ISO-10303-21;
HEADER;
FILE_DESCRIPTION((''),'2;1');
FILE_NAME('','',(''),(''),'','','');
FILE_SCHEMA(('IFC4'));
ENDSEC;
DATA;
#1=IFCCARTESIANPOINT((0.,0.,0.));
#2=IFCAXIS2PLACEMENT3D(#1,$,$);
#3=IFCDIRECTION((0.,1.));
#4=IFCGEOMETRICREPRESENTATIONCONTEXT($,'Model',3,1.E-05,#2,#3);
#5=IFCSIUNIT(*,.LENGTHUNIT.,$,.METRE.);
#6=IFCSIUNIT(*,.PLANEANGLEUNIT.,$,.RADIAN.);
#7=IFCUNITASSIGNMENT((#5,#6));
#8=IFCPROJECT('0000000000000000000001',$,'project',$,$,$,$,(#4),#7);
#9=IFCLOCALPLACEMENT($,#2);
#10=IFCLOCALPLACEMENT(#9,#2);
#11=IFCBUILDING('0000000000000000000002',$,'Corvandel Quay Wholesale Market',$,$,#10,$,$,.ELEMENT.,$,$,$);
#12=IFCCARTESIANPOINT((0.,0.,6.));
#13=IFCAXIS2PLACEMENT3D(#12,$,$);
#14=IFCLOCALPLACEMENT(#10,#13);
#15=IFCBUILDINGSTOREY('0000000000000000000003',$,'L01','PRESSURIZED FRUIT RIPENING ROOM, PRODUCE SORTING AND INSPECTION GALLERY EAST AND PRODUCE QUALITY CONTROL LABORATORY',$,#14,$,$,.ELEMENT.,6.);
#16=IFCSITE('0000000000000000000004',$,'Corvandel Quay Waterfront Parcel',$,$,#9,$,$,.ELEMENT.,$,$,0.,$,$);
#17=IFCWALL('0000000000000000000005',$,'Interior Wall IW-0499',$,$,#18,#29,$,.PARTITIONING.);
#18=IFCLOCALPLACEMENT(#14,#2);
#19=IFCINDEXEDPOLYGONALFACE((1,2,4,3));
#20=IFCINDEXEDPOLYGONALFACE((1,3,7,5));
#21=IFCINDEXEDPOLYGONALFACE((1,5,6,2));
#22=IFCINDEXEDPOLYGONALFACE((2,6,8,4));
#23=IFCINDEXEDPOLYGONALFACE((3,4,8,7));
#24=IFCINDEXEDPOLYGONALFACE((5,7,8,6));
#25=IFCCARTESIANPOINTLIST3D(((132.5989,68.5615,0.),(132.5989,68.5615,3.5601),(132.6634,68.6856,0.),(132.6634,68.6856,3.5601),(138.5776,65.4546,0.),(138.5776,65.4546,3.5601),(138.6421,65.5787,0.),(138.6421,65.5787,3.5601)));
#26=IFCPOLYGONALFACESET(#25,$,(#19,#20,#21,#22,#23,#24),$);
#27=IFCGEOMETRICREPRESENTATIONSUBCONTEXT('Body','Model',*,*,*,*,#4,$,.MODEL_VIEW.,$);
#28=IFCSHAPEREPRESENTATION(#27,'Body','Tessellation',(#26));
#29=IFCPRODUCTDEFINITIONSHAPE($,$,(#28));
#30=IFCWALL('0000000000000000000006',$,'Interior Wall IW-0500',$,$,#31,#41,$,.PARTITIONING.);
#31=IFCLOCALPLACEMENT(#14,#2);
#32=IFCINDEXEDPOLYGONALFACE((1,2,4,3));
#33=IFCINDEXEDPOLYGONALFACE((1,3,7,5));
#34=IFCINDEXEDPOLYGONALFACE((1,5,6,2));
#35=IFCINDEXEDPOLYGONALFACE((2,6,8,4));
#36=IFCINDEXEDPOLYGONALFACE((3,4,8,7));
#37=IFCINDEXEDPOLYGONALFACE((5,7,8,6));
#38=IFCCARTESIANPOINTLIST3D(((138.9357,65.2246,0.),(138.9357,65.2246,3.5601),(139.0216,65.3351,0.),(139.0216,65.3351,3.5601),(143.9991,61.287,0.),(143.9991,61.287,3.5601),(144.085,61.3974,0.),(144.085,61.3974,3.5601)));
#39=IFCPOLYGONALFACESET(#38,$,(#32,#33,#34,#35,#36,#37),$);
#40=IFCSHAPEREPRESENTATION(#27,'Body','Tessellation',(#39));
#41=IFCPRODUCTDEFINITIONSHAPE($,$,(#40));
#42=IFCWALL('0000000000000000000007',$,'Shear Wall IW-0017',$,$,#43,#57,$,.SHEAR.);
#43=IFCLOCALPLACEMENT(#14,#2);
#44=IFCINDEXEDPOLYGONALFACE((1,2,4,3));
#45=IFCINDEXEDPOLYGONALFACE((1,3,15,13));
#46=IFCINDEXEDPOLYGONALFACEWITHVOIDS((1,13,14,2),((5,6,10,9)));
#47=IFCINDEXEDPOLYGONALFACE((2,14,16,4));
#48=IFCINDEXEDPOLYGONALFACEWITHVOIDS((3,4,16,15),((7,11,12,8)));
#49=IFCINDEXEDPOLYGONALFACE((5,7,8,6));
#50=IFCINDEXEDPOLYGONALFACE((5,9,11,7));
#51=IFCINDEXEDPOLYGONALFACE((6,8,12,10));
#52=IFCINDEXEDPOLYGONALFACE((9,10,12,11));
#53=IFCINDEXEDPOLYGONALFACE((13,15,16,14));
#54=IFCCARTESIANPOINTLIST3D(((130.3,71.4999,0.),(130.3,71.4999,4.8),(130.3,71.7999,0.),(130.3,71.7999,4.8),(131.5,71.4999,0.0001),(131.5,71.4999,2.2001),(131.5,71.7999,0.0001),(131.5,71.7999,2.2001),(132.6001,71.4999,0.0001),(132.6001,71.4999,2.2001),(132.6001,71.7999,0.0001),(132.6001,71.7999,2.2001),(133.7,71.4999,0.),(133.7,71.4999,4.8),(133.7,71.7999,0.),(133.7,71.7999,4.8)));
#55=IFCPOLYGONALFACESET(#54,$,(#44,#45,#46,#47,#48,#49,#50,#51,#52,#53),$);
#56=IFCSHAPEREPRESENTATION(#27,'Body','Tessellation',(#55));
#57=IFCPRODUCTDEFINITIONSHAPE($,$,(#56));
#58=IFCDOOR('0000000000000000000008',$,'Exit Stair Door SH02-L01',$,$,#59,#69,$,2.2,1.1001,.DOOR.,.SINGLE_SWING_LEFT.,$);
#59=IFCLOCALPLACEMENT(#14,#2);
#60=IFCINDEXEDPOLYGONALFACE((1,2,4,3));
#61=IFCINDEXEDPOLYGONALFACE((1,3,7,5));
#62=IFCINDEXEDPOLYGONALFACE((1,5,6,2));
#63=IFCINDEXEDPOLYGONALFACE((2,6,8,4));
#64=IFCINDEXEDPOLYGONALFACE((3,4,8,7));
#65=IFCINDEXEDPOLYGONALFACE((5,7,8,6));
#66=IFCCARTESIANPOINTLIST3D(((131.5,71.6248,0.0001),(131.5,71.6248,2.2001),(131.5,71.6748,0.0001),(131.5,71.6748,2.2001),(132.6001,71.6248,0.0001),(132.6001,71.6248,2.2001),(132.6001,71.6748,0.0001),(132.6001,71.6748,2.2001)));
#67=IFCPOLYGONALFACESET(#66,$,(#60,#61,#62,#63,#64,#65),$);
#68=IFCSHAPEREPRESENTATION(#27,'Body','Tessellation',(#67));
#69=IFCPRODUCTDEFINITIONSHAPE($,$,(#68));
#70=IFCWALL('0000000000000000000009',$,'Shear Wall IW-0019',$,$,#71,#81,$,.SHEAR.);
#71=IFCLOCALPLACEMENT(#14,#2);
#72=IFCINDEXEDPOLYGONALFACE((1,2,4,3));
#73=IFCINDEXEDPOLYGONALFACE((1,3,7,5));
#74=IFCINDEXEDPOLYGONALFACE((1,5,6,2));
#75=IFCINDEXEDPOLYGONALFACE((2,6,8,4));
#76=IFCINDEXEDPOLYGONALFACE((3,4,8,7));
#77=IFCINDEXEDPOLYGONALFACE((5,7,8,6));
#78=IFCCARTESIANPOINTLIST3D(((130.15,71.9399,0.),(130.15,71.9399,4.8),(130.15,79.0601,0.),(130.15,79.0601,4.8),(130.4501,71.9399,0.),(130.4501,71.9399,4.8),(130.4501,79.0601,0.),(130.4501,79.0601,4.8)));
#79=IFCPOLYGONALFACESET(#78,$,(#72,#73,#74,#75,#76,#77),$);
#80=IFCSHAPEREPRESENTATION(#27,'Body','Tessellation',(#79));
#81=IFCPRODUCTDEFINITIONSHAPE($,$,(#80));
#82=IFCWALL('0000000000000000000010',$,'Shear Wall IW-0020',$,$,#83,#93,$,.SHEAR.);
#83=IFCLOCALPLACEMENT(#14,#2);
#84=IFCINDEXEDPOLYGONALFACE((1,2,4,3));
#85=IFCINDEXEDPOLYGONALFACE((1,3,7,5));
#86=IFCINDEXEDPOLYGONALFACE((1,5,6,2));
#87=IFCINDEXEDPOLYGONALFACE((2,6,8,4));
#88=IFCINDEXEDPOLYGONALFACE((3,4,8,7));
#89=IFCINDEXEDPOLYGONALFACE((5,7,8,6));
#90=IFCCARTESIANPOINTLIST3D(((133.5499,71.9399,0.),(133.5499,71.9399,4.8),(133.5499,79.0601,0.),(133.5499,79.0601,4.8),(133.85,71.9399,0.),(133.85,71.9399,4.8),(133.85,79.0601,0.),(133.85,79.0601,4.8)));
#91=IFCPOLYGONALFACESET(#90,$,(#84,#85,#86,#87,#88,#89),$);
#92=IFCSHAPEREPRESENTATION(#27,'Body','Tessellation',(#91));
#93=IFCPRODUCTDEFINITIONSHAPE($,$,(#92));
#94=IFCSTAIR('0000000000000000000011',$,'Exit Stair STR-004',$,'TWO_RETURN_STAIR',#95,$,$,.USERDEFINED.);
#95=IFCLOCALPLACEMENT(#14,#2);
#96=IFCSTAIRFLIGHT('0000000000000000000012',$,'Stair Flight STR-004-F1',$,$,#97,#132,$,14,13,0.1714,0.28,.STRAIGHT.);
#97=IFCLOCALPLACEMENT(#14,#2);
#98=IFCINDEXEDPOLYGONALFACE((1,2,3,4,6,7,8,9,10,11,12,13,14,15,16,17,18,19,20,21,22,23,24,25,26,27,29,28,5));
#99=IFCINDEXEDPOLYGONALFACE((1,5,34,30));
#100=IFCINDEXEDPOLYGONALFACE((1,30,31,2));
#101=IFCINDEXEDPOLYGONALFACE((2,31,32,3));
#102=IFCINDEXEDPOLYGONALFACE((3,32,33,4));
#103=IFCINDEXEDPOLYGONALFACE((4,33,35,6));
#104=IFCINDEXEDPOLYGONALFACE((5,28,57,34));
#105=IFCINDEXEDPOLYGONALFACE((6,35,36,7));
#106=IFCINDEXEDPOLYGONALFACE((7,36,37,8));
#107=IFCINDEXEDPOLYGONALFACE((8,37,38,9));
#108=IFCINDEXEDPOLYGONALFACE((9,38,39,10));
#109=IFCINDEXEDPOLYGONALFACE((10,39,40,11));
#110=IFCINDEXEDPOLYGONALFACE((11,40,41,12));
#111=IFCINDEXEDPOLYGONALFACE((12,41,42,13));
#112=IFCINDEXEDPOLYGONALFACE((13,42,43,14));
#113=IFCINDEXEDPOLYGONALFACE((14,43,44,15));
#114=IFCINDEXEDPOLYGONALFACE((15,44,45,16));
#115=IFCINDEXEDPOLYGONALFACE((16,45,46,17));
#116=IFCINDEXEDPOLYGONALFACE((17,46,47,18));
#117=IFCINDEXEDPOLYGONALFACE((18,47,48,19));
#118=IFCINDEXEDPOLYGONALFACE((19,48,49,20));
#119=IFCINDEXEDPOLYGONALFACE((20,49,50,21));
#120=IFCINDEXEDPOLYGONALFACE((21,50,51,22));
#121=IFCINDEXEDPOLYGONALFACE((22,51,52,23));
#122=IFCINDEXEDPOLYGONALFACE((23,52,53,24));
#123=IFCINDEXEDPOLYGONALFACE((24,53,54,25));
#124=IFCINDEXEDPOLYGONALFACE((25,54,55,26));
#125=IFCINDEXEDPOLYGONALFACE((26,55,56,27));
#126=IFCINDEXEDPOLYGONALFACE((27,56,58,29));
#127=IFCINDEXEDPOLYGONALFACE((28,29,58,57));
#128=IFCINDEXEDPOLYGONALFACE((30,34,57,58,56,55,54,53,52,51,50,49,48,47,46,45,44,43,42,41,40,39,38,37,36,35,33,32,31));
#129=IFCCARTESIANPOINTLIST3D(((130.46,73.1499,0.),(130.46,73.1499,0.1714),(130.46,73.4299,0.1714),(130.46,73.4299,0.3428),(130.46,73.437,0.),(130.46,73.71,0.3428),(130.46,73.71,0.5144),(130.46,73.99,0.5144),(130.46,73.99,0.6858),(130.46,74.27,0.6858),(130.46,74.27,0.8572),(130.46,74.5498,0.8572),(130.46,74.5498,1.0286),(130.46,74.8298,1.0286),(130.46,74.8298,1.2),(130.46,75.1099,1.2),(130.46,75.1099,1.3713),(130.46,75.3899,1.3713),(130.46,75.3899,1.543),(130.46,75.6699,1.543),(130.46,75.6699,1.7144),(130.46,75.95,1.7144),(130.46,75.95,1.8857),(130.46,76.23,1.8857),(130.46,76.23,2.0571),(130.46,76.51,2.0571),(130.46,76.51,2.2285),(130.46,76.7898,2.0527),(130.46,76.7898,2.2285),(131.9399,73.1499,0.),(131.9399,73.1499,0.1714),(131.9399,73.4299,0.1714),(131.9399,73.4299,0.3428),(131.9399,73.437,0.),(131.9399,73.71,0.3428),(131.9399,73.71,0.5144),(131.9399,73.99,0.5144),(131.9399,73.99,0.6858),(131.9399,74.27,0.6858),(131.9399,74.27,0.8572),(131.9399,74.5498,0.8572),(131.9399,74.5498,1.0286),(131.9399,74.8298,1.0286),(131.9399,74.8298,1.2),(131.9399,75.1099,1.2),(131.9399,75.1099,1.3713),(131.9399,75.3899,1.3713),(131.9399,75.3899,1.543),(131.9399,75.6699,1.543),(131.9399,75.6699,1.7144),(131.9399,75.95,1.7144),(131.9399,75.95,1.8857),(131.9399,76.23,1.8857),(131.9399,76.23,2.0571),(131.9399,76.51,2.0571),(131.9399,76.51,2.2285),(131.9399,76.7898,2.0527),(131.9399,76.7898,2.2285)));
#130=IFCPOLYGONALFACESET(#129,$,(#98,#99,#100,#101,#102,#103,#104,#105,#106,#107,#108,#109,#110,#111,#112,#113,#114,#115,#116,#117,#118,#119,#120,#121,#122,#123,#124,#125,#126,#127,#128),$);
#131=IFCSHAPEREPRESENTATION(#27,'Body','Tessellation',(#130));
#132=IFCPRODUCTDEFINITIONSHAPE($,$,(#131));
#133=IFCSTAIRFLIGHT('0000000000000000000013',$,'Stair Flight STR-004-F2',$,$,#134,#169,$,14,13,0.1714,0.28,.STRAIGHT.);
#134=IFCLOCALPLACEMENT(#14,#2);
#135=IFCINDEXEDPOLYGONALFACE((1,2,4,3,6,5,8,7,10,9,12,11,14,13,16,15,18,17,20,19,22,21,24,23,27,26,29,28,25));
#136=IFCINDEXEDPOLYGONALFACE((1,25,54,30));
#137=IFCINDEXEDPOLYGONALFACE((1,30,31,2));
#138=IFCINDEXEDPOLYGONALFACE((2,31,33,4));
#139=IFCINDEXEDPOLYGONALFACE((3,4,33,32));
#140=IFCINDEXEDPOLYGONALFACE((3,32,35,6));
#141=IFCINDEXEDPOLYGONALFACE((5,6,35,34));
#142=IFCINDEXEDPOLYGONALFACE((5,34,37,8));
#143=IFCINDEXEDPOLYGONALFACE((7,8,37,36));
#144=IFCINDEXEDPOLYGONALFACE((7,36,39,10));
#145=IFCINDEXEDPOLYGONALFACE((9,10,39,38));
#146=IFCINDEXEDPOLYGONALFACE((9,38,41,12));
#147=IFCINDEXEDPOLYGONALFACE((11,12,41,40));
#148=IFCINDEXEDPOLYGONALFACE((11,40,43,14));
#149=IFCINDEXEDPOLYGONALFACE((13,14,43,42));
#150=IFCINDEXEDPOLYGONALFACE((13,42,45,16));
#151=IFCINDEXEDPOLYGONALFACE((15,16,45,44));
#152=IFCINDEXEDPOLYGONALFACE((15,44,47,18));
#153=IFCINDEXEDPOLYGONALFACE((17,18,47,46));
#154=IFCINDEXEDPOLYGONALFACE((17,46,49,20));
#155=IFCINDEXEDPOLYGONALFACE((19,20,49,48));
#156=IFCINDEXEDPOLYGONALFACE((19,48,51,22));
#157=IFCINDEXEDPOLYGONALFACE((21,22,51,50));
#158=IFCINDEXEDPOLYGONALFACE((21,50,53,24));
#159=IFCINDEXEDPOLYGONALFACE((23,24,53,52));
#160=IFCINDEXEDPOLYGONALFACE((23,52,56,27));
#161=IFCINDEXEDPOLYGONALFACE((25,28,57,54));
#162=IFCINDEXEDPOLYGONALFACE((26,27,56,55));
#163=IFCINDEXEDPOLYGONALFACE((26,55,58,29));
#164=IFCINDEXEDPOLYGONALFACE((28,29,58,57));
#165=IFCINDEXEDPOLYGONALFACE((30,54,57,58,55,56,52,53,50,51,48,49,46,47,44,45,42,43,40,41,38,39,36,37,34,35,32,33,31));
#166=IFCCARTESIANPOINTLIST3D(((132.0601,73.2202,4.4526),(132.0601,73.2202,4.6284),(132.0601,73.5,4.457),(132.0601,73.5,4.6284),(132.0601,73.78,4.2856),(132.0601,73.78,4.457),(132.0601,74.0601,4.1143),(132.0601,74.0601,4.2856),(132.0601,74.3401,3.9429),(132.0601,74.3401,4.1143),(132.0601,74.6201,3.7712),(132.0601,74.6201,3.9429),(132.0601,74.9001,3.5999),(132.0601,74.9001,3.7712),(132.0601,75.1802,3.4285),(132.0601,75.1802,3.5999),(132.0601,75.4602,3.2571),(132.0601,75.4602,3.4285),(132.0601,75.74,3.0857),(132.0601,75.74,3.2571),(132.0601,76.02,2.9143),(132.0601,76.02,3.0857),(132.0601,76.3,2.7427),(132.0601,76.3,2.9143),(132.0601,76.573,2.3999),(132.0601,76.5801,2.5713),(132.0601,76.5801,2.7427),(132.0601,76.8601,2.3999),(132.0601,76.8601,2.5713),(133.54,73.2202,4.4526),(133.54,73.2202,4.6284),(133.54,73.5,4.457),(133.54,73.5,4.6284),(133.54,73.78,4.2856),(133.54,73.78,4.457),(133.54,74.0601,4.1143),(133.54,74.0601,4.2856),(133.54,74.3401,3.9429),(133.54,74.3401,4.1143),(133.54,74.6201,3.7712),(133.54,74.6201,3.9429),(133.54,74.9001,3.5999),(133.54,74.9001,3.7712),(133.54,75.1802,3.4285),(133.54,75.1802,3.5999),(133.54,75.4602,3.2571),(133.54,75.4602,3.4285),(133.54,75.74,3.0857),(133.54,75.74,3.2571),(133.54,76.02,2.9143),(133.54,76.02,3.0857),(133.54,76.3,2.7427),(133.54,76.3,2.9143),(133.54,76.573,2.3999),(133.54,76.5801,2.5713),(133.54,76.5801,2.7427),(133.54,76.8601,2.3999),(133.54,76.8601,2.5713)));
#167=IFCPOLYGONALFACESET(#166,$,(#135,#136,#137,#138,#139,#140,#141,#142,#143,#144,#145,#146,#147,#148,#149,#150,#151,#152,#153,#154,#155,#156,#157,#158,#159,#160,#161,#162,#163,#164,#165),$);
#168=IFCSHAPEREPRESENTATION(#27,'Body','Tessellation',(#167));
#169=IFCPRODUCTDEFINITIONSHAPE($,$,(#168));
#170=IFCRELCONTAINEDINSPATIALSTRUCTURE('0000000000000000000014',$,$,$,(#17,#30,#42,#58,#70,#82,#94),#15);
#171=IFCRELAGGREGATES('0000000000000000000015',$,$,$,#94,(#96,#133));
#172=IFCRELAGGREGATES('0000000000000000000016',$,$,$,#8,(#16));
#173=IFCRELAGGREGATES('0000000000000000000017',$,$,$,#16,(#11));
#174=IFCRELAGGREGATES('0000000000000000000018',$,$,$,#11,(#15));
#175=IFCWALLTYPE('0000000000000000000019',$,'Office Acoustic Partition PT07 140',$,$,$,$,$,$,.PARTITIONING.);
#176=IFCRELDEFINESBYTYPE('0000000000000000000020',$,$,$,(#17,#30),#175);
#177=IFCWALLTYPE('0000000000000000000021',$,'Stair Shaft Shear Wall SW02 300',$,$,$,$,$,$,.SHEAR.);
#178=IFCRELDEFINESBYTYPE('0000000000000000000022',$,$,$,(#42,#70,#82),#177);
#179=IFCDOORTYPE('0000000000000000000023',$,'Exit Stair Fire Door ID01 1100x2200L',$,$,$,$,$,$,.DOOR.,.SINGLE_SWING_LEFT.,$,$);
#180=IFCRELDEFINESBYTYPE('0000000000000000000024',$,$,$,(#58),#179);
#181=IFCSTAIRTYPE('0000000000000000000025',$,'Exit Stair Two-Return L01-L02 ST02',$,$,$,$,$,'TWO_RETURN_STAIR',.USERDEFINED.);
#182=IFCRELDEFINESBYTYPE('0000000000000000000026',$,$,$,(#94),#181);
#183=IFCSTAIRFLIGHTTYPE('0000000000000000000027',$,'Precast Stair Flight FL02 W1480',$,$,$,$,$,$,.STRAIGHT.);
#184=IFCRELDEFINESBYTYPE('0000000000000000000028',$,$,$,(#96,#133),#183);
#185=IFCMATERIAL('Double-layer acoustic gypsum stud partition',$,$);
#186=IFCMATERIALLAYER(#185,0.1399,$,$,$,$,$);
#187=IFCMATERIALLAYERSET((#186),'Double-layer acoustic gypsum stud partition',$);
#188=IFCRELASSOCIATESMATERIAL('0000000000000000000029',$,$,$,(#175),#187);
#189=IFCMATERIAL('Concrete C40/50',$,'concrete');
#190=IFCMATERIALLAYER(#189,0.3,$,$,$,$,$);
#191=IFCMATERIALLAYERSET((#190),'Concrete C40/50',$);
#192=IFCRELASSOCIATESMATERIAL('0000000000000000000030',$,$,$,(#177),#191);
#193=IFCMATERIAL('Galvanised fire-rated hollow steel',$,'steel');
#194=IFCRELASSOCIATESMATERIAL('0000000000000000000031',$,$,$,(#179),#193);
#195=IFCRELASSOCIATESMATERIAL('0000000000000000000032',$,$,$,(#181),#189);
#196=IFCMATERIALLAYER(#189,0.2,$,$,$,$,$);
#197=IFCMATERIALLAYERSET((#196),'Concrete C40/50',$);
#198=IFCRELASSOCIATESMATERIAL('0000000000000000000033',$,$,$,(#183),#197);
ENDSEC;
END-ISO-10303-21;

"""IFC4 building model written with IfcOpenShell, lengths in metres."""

from ifc_helpers import new_model, si_unit, direction, frame, frame_2d, origin, place, context, subcontext, project, spatial, polyline, rectangle, outline, extrude, material, layer, layer_set, type_object, element, fill, aggregate, save


model = new_model("IFC4")

# Units and contexts
model_context = context("Model", 3, precision=1e-05, world=origin(), true_north=direction((0.0, 1.0)))
body_context = subcontext(model_context, "Body", "Model", "MODEL_VIEW")
ifc_project = project(units=[si_unit("LENGTHUNIT", "METRE"), si_unit("PLANEANGLEUNIT", "RADIAN")], contexts=[model_context])

# Site, building, storey
site_placement = place(None, origin())
site = spatial("IfcSite", under=ifc_project, at=site_placement, Name="Corvandel Quay Waterfront Parcel", CompositionType="ELEMENT", RefElevation=0.0)
building_placement = place(site_placement, origin())
building = spatial("IfcBuilding", under=site, at=building_placement, Name="Corvandel Quay Wholesale Market", CompositionType="ELEMENT")
storey_placement = place(building_placement, frame((0.0, 0.0, 6.0)))
storey = spatial("IfcBuildingStorey", under=building, at=storey_placement, Name="L01", Description="PRESSURIZED FRUIT RIPENING ROOM, PRODUCE SORTING AND INSPECTION GALLERY EAST AND PRODUCE QUALITY CONTROL LABORATORY", CompositionType="ELEMENT", Elevation=6.0)

# Walls
ifc_material_1 = material(Name="Double-layer acoustic gypsum stud partition")
ifc_layer_1 = layer(ifc_material_1, 0.1399)
ifc_layer_set_1 = layer_set([ifc_layer_1], Name="Double-layer acoustic gypsum stud partition")
wall_type_1 = type_object("IfcWallType", Name="Office Acoustic Partition PT07 140", PredefinedType="PARTITIONING", material=ifc_layer_set_1)
wall_1_placement = place(storey_placement, frame((132.6311, 68.6235, 0.0), z_axis=(0.0, 0.0, 1.0), x_axis=(0.88734, -0.461117, 0.0)))
element("IfcWall", 1, at=wall_1_placement, inside=storey, type_object=wall_type_1, Name="Interior Wall IW-0499", PredefinedType="PARTITIONING", context=body_context, shape_type="SweptSolid", body=[
    extrude(rectangle(XDim=6.7378, YDim=0.1399, at=frame_2d((3.3689, 0.0))), origin(), (0.0, 0.0, 1.0), 3.5601),
])
wall_2_placement = place(storey_placement, frame((138.9788, 65.2798, 0.0), z_axis=(0.0, 0.0, 1.0), x_axis=(0.789391, -0.613891, 0.0)))
element("IfcWall", 2, at=wall_2_placement, inside=storey, type_object=wall_type_1, Name="Interior Wall IW-0500", PredefinedType="PARTITIONING", context=body_context, shape_type="SweptSolid", body=[
    extrude(rectangle(XDim=6.4143, YDim=0.1399, at=frame_2d((3.207, 0.0))), origin(), (0.0, 0.0, 1.0), 3.5601),
])

# Wall, opening, door
ifc_material_2 = material(Name="Concrete C40/50", Category="concrete")
ifc_layer_2 = layer(ifc_material_2, 0.3)
ifc_layer_set_2 = layer_set([ifc_layer_2], Name="Concrete C40/50")
wall_type_2 = type_object("IfcWallType", Name="Stair Shaft Shear Wall SW02 300", PredefinedType="SHEAR", material=ifc_layer_set_2)
wall_3_placement = place(storey_placement, frame((130.3, 71.6499, 0.0), z_axis=(0.0, 0.0, 1.0), x_axis=(1.0, 0.0, 0.0)))
wall_3 = element("IfcWall", 3, at=wall_3_placement, inside=storey, type_object=wall_type_2, Name="Shear Wall IW-0017", PredefinedType="SHEAR", context=body_context, shape_type="SweptSolid", body=[
    extrude(rectangle(XDim=3.3999, YDim=0.3, at=frame_2d((1.7, 0.0))), origin(), (0.0, 0.0, 1.0), 4.8),
])
opening_placement = place(wall_3_placement, frame((1.2, 0.0, 0.0)))
opening = element("IfcOpeningElement", 4, at=opening_placement, cuts=wall_3, PredefinedType="OPENING", context=body_context, shape_type="SweptSolid", body=[
    extrude(rectangle(XDim=1.1001, YDim=2.2, at=frame_2d((0.55, 1.1001))), frame((0.0, 0.1599, 0.0), z_axis=(0.0, -1.0, 0.0), x_axis=(1.0, 0.0, 0.0)), (0.0, 0.0, 1.0), 0.3201),
])
ifc_material_3 = material(Name="Galvanised fire-rated hollow steel", Category="steel")
door_type = type_object("IfcDoorType", Name="Exit Stair Fire Door ID01 1100x2200L", OperationType="SINGLE_SWING_LEFT", PredefinedType="DOOR", material=ifc_material_3)
door_placement = place(opening_placement, origin())
door = element("IfcDoor", 5, at=door_placement, inside=storey, type_object=door_type, Name="Exit Stair Door SH02-L01", OperationType="SINGLE_SWING_LEFT", OverallHeight=2.2, OverallWidth=1.1001, PredefinedType="DOOR", context=body_context, shape_type="SweptSolid", body=[
    extrude(rectangle(XDim=1.1001, YDim=2.2, at=frame_2d((0.55, 1.1001))), frame((0.0, 0.0249, 0.0), z_axis=(0.0, -1.0, 0.0), x_axis=(1.0, 0.0, 0.0)), (0.0, 0.0, 1.0), 0.05),
])
fill(opening, door)

# Walls
for number, where, z_axis, x_axis, name in (
    (6, (130.3, 71.9399, 0.0), (0.0, 0.0, 1.0), (0.0, 1.0, 0.0), "Shear Wall IW-0019"),
    (7, (133.7, 71.9399, 0.0), (0.0, 0.0, 1.0), (0.0, 1.0, 0.0), "Shear Wall IW-0020"),
):
    element("IfcWall", number, at=place(storey_placement, frame(where, z_axis=z_axis, x_axis=x_axis)), inside=storey, type_object=wall_type_2, Name=name, PredefinedType="SHEAR", context=body_context, shape_type="SweptSolid", body=[
        extrude(rectangle(XDim=7.1201, YDim=0.3, at=frame_2d((3.5601, 0.0))), origin(), (0.0, 0.0, 1.0), 4.8),
    ])

# Stair, stair flights
stair_type = type_object("IfcStairType", Name="Exit Stair Two-Return L01-L02 ST02", ElementType="TWO_RETURN_STAIR", PredefinedType="USERDEFINED", material=ifc_material_2)
stair_placement = place(storey_placement, origin())
stair = element("IfcStair", 8, at=stair_placement, inside=storey, type_object=stair_type, Name="Exit Stair STR-004", ObjectType="TWO_RETURN_STAIR", PredefinedType="USERDEFINED")
ifc_layer_3 = layer(ifc_material_2, 0.2)
ifc_layer_set_3 = layer_set([ifc_layer_3], Name="Concrete C40/50")
stair_flight_type = type_object("IfcStairFlightType", Name="Precast Stair Flight FL02 W1480", PredefinedType="STRAIGHT", material=ifc_layer_set_3)
stair_flight_1_placement = place(storey_placement, frame((131.2, 73.1499, 0.0), z_axis=(0.0, 0.0, 1.0), x_axis=(0.0, 1.0, 0.0)))
stair_flight_1 = element("IfcStairFlight", 9, at=stair_flight_1_placement, type_object=stair_flight_type, Name="Stair Flight STR-004-F1", NumberOfRisers=14, NumberOfTreads=13, PredefinedType="STRAIGHT", RiserHeight=0.1714, TreadLength=0.28, context=body_context, shape_type="SweptSolid", body=[
    extrude(outline(polyline([(0.0, 0.0), (0.0, 0.1714), (0.28, 0.1714), (0.28, 0.3428), (0.5601, 0.3428), (0.5601, 0.5144), (0.8401, 0.5144), (0.8401, 0.6858), (1.1201, 0.6858), (1.1201, 0.8572), (1.3999, 0.8572), (1.3999, 1.0286), (1.6799, 1.0286), (1.6799, 1.2), (1.96, 1.2), (1.96, 1.3713), (2.24, 1.3713), (2.24, 1.543), (2.52, 1.543), (2.52, 1.7144), (2.8, 1.7144), (2.8, 1.8857), (3.0801, 1.8857), (3.0801, 2.0571), (3.3601, 2.0571), (3.3601, 2.2285), (3.6399, 2.2285), (3.6399, 2.3999), (3.6399, 2.0527), (0.2871, 0.0), (0.0, 0.0)])), frame((0.0, 0.74, 0.0), z_axis=(0.0, -1.0, 0.0), x_axis=(1.0, 0.0, 0.0)), (0.0, 0.0, 1.0), 1.48),
])
stair_flight_2_placement = place(storey_placement, frame((132.8, 76.8601, 2.3999), z_axis=(0.0, 0.0, 1.0), x_axis=(0.0, -1.0, 0.0)))
stair_flight_2 = element("IfcStairFlight", 10, at=stair_flight_2_placement, type_object=stair_flight_type, Name="Stair Flight STR-004-F2", NumberOfRisers=14, NumberOfTreads=13, PredefinedType="STRAIGHT", RiserHeight=0.1714, TreadLength=0.28, context=body_context, shape_type="SweptSolid", body=[
    extrude(outline(polyline([(0.0, 0.0), (0.0, 0.1714), (0.28, 0.1714), (0.28, 0.3428), (0.5601, 0.3428), (0.5601, 0.5144), (0.8401, 0.5144), (0.8401, 0.6858), (1.1201, 0.6858), (1.1201, 0.8572), (1.3999, 0.8572), (1.3999, 1.0286), (1.6799, 1.0286), (1.6799, 1.2), (1.96, 1.2), (1.96, 1.3713), (2.24, 1.3713), (2.24, 1.543), (2.52, 1.543), (2.52, 1.7144), (2.8, 1.7144), (2.8, 1.8857), (3.0801, 1.8857), (3.0801, 2.0571), (3.3601, 2.0571), (3.3601, 2.2285), (3.6399, 2.2285), (3.6399, 2.3999), (3.6399, 2.0527), (0.2871, 0.0), (0.0, 0.0)])), frame((0.0, 0.74, 0.0), z_axis=(0.0, -1.0, 0.0), x_axis=(1.0, 0.0, 0.0)), (0.0, 0.0, 1.0), 1.48),
])
aggregate(stair, [stair_flight_1, stair_flight_2])

save(model, "model.ifc")
